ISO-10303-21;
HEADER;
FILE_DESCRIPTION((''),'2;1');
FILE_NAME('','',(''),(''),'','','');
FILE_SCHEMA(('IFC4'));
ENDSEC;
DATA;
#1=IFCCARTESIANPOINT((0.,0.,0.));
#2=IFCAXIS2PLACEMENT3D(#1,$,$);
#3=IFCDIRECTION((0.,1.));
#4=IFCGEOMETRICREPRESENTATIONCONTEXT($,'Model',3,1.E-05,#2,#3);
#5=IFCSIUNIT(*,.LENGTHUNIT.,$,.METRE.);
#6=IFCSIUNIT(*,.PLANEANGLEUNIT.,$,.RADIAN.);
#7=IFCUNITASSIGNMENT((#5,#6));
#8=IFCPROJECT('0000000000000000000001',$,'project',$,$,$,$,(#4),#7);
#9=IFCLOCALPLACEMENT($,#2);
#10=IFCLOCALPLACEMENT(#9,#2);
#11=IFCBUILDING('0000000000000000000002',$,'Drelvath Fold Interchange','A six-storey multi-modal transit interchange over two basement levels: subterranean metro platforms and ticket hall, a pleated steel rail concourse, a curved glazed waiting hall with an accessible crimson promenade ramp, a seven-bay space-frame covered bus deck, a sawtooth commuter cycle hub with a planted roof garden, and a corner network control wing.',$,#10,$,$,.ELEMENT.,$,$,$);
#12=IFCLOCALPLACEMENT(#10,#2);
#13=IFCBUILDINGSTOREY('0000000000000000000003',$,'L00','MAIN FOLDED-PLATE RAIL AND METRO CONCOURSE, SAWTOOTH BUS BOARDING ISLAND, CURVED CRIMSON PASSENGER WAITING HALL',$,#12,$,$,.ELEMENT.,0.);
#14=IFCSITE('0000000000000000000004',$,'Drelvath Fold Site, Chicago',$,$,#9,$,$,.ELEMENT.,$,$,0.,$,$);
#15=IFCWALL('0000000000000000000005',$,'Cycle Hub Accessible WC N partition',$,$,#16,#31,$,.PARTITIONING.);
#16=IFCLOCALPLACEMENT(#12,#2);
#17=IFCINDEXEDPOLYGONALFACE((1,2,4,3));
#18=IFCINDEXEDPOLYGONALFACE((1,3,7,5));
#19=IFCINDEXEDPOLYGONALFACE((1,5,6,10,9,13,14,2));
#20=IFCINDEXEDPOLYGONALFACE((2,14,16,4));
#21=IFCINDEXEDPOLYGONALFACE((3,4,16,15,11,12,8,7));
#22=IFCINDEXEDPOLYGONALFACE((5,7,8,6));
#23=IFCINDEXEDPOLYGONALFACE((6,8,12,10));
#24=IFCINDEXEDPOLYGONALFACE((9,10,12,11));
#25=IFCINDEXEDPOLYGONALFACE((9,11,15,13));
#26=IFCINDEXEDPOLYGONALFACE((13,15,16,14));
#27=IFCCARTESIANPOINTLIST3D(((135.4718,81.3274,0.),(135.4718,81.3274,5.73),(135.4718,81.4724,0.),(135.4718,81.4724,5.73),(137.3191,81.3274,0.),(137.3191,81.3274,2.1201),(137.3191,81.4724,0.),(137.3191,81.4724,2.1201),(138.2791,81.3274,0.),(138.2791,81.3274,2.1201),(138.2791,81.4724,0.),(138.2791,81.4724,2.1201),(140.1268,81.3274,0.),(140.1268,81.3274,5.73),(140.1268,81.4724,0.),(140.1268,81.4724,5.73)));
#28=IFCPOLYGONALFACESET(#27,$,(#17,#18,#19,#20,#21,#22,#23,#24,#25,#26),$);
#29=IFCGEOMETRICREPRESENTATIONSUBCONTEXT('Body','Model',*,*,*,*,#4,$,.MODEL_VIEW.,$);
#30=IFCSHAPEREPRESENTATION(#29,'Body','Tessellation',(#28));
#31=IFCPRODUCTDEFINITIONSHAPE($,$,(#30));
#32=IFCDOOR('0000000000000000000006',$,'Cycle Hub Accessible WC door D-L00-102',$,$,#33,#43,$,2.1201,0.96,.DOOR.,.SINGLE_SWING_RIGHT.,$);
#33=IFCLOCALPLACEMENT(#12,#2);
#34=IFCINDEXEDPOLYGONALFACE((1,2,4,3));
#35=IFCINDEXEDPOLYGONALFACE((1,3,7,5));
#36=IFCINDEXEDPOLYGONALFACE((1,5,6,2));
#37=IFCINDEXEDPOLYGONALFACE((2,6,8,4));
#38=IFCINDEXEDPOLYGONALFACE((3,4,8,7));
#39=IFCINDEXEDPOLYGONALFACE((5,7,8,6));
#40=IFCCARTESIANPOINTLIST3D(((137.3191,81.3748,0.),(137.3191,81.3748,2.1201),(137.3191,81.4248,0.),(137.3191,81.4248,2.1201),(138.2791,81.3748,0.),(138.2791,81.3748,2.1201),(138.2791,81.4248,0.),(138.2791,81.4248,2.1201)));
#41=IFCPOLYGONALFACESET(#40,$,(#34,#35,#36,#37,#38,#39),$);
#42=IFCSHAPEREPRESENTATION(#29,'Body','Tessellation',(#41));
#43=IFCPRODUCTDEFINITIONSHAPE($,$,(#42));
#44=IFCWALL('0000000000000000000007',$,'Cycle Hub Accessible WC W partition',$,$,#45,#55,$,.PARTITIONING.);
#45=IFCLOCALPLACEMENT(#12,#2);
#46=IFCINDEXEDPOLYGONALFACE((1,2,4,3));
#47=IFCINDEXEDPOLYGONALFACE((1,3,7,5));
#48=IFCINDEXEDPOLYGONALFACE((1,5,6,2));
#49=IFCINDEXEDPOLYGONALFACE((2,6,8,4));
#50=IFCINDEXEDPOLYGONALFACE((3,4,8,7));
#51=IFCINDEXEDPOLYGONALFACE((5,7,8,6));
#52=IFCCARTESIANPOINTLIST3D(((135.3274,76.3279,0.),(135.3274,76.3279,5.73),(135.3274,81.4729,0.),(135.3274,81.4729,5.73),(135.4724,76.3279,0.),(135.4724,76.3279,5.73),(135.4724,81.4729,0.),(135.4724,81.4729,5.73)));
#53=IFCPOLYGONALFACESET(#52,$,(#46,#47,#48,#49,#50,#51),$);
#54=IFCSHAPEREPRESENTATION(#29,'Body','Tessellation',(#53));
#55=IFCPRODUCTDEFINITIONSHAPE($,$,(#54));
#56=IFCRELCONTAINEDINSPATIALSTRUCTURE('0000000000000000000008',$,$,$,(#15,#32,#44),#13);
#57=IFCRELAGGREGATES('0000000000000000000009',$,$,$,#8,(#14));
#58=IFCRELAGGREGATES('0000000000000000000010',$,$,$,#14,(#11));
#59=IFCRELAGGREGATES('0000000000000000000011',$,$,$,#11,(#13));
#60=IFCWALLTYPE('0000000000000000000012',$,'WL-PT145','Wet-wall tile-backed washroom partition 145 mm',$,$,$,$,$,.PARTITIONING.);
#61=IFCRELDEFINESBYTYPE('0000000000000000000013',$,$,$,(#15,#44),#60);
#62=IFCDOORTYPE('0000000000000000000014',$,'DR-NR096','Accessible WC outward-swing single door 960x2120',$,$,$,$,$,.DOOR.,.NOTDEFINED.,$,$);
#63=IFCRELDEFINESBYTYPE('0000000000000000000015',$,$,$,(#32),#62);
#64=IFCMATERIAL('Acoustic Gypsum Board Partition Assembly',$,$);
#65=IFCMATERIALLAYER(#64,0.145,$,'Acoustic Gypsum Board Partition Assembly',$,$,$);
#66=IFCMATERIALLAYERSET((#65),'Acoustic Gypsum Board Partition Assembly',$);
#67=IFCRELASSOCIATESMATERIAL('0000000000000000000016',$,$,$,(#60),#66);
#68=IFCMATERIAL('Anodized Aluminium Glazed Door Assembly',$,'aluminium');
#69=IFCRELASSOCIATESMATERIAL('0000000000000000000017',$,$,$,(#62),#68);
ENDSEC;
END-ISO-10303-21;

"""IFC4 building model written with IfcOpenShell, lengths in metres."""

from ifc_helpers import new_model, si_unit, direction, frame, frame_2d, origin, place, context, subcontext, project, spatial, rectangle, extrude, material, layer, layer_set, type_object, element, fill, save


model = new_model("IFC4")

# Units and contexts
model_context = context("Model", 3, precision=1e-05, world=origin(), true_north=direction((0.0, 1.0)))
body_context = subcontext(model_context, "Body", "Model", "MODEL_VIEW")
ifc_project = project(units=[si_unit("LENGTHUNIT", "METRE"), si_unit("PLANEANGLEUNIT", "RADIAN")], contexts=[model_context])

# Site, building, storey
site_placement = place(None, origin())
site = spatial("IfcSite", under=ifc_project, at=site_placement, Name="Drelvath Fold Site, Chicago", CompositionType="ELEMENT", RefElevation=0.0)
building_placement = place(site_placement, origin())
building = spatial("IfcBuilding", under=site, at=building_placement, Name="Drelvath Fold Interchange", Description="A six-storey multi-modal transit interchange over two basement levels: subterranean metro platforms and ticket hall, a pleated steel rail concourse, a curved glazed waiting hall with an accessible crimson promenade ramp, a seven-bay space-frame covered bus deck, a sawtooth commuter cycle hub with a planted roof garden, and a corner network control wing.", CompositionType="ELEMENT")
storey_placement = place(building_placement, origin())
storey = spatial("IfcBuildingStorey", under=building, at=storey_placement, Name="L00", Description="MAIN FOLDED-PLATE RAIL AND METRO CONCOURSE, SAWTOOTH BUS BOARDING ISLAND, CURVED CRIMSON PASSENGER WAITING HALL", CompositionType="ELEMENT", Elevation=0.0)

# Shared definitions
ifc_material_1 = material(Name="Anodized Aluminium Glazed Door Assembly", Category="aluminium")

# Shared definitions
ifc_material_2 = material(Name="Acoustic Gypsum Board Partition Assembly")
ifc_layer_1 = layer(ifc_material_2, 0.145, Name="Acoustic Gypsum Board Partition Assembly")
ifc_layer_set_1 = layer_set([ifc_layer_1], Name="Acoustic Gypsum Board Partition Assembly")
wall_type_1 = type_object("IfcWallType", Name="WL-PT145", Description="Wet-wall tile-backed washroom partition 145 mm", PredefinedType="PARTITIONING", material=ifc_layer_set_1)

# Wall, opening, door
wall_1_placement = place(storey_placement, frame((140.127, 81.3999, 0.0), z_axis=(0.0, 0.0, 1.0), x_axis=(-1.0, 0.0, 0.0)))
wall_1 = element("IfcWall", 1, at=wall_1_placement, inside=storey, type_object=wall_type_1, Name="Cycle Hub Accessible WC N partition", PredefinedType="PARTITIONING", context=body_context, shape_type="SweptSolid", body=[
    extrude(rectangle(XDim=4.655, YDim=0.145, at=frame_2d((2.3276, 0.0))), origin(), (0.0, 0.0, 1.0), 5.73),
])
opening_1_placement = place(wall_1_placement, frame((1.8479, 0.0, 0.0)))
opening_1 = element("IfcOpeningElement", 2, at=opening_1_placement, cuts=wall_1, PredefinedType="OPENING", context=body_context, shape_type="SweptSolid", body=[
    extrude(rectangle(XDim=0.96, YDim=2.1201, at=frame_2d((0.48, 1.0601))), frame((0.0, 0.0825, 0.0), z_axis=(0.0, -1.0, 0.0), x_axis=(1.0, 0.0, 0.0)), (0.0, 0.0, 1.0), 0.165),
])
door_type_1 = type_object("IfcDoorType", Name="DR-NR096", Description="Accessible WC outward-swing single door 960x2120", OperationType="NOTDEFINED", PredefinedType="DOOR", material=ifc_material_1)
door_1_placement = place(opening_1_placement, frame((0.96, 0.0, 0.0), z_axis=(0.0, 0.0, 1.0), x_axis=(-1.0, 0.0, 0.0)))
door_1 = element("IfcDoor", 3, at=door_1_placement, inside=storey, type_object=door_type_1, Name="Cycle Hub Accessible WC door D-L00-102", OperationType="SINGLE_SWING_RIGHT", OverallHeight=2.1201, OverallWidth=0.96, PredefinedType="DOOR", context=body_context, shape_type="SweptSolid", body=[
    extrude(rectangle(XDim=0.96, YDim=2.1201, at=frame_2d((0.48, 1.0601))), frame((0.0, 0.0249, 0.0), z_axis=(0.0, -1.0, 0.0), x_axis=(1.0, 0.0, 0.0)), (0.0, 0.0, 1.0), 0.05),
])
fill(opening_1, door_1)

# Wall
wall_2_placement = place(storey_placement, frame((135.3999, 81.4729, 0.0), z_axis=(0.0, 0.0, 1.0), x_axis=(0.0, -1.0, 0.0)))
element("IfcWall", 4, at=wall_2_placement, inside=storey, type_object=wall_type_1, Name="Cycle Hub Accessible WC W partition", PredefinedType="PARTITIONING", context=body_context, shape_type="SweptSolid", body=[
    extrude(rectangle(XDim=5.145, YDim=0.145, at=frame_2d((2.5725, 0.0))), origin(), (0.0, 0.0, 1.0), 5.73),
])

save(model, "model.ifc")
